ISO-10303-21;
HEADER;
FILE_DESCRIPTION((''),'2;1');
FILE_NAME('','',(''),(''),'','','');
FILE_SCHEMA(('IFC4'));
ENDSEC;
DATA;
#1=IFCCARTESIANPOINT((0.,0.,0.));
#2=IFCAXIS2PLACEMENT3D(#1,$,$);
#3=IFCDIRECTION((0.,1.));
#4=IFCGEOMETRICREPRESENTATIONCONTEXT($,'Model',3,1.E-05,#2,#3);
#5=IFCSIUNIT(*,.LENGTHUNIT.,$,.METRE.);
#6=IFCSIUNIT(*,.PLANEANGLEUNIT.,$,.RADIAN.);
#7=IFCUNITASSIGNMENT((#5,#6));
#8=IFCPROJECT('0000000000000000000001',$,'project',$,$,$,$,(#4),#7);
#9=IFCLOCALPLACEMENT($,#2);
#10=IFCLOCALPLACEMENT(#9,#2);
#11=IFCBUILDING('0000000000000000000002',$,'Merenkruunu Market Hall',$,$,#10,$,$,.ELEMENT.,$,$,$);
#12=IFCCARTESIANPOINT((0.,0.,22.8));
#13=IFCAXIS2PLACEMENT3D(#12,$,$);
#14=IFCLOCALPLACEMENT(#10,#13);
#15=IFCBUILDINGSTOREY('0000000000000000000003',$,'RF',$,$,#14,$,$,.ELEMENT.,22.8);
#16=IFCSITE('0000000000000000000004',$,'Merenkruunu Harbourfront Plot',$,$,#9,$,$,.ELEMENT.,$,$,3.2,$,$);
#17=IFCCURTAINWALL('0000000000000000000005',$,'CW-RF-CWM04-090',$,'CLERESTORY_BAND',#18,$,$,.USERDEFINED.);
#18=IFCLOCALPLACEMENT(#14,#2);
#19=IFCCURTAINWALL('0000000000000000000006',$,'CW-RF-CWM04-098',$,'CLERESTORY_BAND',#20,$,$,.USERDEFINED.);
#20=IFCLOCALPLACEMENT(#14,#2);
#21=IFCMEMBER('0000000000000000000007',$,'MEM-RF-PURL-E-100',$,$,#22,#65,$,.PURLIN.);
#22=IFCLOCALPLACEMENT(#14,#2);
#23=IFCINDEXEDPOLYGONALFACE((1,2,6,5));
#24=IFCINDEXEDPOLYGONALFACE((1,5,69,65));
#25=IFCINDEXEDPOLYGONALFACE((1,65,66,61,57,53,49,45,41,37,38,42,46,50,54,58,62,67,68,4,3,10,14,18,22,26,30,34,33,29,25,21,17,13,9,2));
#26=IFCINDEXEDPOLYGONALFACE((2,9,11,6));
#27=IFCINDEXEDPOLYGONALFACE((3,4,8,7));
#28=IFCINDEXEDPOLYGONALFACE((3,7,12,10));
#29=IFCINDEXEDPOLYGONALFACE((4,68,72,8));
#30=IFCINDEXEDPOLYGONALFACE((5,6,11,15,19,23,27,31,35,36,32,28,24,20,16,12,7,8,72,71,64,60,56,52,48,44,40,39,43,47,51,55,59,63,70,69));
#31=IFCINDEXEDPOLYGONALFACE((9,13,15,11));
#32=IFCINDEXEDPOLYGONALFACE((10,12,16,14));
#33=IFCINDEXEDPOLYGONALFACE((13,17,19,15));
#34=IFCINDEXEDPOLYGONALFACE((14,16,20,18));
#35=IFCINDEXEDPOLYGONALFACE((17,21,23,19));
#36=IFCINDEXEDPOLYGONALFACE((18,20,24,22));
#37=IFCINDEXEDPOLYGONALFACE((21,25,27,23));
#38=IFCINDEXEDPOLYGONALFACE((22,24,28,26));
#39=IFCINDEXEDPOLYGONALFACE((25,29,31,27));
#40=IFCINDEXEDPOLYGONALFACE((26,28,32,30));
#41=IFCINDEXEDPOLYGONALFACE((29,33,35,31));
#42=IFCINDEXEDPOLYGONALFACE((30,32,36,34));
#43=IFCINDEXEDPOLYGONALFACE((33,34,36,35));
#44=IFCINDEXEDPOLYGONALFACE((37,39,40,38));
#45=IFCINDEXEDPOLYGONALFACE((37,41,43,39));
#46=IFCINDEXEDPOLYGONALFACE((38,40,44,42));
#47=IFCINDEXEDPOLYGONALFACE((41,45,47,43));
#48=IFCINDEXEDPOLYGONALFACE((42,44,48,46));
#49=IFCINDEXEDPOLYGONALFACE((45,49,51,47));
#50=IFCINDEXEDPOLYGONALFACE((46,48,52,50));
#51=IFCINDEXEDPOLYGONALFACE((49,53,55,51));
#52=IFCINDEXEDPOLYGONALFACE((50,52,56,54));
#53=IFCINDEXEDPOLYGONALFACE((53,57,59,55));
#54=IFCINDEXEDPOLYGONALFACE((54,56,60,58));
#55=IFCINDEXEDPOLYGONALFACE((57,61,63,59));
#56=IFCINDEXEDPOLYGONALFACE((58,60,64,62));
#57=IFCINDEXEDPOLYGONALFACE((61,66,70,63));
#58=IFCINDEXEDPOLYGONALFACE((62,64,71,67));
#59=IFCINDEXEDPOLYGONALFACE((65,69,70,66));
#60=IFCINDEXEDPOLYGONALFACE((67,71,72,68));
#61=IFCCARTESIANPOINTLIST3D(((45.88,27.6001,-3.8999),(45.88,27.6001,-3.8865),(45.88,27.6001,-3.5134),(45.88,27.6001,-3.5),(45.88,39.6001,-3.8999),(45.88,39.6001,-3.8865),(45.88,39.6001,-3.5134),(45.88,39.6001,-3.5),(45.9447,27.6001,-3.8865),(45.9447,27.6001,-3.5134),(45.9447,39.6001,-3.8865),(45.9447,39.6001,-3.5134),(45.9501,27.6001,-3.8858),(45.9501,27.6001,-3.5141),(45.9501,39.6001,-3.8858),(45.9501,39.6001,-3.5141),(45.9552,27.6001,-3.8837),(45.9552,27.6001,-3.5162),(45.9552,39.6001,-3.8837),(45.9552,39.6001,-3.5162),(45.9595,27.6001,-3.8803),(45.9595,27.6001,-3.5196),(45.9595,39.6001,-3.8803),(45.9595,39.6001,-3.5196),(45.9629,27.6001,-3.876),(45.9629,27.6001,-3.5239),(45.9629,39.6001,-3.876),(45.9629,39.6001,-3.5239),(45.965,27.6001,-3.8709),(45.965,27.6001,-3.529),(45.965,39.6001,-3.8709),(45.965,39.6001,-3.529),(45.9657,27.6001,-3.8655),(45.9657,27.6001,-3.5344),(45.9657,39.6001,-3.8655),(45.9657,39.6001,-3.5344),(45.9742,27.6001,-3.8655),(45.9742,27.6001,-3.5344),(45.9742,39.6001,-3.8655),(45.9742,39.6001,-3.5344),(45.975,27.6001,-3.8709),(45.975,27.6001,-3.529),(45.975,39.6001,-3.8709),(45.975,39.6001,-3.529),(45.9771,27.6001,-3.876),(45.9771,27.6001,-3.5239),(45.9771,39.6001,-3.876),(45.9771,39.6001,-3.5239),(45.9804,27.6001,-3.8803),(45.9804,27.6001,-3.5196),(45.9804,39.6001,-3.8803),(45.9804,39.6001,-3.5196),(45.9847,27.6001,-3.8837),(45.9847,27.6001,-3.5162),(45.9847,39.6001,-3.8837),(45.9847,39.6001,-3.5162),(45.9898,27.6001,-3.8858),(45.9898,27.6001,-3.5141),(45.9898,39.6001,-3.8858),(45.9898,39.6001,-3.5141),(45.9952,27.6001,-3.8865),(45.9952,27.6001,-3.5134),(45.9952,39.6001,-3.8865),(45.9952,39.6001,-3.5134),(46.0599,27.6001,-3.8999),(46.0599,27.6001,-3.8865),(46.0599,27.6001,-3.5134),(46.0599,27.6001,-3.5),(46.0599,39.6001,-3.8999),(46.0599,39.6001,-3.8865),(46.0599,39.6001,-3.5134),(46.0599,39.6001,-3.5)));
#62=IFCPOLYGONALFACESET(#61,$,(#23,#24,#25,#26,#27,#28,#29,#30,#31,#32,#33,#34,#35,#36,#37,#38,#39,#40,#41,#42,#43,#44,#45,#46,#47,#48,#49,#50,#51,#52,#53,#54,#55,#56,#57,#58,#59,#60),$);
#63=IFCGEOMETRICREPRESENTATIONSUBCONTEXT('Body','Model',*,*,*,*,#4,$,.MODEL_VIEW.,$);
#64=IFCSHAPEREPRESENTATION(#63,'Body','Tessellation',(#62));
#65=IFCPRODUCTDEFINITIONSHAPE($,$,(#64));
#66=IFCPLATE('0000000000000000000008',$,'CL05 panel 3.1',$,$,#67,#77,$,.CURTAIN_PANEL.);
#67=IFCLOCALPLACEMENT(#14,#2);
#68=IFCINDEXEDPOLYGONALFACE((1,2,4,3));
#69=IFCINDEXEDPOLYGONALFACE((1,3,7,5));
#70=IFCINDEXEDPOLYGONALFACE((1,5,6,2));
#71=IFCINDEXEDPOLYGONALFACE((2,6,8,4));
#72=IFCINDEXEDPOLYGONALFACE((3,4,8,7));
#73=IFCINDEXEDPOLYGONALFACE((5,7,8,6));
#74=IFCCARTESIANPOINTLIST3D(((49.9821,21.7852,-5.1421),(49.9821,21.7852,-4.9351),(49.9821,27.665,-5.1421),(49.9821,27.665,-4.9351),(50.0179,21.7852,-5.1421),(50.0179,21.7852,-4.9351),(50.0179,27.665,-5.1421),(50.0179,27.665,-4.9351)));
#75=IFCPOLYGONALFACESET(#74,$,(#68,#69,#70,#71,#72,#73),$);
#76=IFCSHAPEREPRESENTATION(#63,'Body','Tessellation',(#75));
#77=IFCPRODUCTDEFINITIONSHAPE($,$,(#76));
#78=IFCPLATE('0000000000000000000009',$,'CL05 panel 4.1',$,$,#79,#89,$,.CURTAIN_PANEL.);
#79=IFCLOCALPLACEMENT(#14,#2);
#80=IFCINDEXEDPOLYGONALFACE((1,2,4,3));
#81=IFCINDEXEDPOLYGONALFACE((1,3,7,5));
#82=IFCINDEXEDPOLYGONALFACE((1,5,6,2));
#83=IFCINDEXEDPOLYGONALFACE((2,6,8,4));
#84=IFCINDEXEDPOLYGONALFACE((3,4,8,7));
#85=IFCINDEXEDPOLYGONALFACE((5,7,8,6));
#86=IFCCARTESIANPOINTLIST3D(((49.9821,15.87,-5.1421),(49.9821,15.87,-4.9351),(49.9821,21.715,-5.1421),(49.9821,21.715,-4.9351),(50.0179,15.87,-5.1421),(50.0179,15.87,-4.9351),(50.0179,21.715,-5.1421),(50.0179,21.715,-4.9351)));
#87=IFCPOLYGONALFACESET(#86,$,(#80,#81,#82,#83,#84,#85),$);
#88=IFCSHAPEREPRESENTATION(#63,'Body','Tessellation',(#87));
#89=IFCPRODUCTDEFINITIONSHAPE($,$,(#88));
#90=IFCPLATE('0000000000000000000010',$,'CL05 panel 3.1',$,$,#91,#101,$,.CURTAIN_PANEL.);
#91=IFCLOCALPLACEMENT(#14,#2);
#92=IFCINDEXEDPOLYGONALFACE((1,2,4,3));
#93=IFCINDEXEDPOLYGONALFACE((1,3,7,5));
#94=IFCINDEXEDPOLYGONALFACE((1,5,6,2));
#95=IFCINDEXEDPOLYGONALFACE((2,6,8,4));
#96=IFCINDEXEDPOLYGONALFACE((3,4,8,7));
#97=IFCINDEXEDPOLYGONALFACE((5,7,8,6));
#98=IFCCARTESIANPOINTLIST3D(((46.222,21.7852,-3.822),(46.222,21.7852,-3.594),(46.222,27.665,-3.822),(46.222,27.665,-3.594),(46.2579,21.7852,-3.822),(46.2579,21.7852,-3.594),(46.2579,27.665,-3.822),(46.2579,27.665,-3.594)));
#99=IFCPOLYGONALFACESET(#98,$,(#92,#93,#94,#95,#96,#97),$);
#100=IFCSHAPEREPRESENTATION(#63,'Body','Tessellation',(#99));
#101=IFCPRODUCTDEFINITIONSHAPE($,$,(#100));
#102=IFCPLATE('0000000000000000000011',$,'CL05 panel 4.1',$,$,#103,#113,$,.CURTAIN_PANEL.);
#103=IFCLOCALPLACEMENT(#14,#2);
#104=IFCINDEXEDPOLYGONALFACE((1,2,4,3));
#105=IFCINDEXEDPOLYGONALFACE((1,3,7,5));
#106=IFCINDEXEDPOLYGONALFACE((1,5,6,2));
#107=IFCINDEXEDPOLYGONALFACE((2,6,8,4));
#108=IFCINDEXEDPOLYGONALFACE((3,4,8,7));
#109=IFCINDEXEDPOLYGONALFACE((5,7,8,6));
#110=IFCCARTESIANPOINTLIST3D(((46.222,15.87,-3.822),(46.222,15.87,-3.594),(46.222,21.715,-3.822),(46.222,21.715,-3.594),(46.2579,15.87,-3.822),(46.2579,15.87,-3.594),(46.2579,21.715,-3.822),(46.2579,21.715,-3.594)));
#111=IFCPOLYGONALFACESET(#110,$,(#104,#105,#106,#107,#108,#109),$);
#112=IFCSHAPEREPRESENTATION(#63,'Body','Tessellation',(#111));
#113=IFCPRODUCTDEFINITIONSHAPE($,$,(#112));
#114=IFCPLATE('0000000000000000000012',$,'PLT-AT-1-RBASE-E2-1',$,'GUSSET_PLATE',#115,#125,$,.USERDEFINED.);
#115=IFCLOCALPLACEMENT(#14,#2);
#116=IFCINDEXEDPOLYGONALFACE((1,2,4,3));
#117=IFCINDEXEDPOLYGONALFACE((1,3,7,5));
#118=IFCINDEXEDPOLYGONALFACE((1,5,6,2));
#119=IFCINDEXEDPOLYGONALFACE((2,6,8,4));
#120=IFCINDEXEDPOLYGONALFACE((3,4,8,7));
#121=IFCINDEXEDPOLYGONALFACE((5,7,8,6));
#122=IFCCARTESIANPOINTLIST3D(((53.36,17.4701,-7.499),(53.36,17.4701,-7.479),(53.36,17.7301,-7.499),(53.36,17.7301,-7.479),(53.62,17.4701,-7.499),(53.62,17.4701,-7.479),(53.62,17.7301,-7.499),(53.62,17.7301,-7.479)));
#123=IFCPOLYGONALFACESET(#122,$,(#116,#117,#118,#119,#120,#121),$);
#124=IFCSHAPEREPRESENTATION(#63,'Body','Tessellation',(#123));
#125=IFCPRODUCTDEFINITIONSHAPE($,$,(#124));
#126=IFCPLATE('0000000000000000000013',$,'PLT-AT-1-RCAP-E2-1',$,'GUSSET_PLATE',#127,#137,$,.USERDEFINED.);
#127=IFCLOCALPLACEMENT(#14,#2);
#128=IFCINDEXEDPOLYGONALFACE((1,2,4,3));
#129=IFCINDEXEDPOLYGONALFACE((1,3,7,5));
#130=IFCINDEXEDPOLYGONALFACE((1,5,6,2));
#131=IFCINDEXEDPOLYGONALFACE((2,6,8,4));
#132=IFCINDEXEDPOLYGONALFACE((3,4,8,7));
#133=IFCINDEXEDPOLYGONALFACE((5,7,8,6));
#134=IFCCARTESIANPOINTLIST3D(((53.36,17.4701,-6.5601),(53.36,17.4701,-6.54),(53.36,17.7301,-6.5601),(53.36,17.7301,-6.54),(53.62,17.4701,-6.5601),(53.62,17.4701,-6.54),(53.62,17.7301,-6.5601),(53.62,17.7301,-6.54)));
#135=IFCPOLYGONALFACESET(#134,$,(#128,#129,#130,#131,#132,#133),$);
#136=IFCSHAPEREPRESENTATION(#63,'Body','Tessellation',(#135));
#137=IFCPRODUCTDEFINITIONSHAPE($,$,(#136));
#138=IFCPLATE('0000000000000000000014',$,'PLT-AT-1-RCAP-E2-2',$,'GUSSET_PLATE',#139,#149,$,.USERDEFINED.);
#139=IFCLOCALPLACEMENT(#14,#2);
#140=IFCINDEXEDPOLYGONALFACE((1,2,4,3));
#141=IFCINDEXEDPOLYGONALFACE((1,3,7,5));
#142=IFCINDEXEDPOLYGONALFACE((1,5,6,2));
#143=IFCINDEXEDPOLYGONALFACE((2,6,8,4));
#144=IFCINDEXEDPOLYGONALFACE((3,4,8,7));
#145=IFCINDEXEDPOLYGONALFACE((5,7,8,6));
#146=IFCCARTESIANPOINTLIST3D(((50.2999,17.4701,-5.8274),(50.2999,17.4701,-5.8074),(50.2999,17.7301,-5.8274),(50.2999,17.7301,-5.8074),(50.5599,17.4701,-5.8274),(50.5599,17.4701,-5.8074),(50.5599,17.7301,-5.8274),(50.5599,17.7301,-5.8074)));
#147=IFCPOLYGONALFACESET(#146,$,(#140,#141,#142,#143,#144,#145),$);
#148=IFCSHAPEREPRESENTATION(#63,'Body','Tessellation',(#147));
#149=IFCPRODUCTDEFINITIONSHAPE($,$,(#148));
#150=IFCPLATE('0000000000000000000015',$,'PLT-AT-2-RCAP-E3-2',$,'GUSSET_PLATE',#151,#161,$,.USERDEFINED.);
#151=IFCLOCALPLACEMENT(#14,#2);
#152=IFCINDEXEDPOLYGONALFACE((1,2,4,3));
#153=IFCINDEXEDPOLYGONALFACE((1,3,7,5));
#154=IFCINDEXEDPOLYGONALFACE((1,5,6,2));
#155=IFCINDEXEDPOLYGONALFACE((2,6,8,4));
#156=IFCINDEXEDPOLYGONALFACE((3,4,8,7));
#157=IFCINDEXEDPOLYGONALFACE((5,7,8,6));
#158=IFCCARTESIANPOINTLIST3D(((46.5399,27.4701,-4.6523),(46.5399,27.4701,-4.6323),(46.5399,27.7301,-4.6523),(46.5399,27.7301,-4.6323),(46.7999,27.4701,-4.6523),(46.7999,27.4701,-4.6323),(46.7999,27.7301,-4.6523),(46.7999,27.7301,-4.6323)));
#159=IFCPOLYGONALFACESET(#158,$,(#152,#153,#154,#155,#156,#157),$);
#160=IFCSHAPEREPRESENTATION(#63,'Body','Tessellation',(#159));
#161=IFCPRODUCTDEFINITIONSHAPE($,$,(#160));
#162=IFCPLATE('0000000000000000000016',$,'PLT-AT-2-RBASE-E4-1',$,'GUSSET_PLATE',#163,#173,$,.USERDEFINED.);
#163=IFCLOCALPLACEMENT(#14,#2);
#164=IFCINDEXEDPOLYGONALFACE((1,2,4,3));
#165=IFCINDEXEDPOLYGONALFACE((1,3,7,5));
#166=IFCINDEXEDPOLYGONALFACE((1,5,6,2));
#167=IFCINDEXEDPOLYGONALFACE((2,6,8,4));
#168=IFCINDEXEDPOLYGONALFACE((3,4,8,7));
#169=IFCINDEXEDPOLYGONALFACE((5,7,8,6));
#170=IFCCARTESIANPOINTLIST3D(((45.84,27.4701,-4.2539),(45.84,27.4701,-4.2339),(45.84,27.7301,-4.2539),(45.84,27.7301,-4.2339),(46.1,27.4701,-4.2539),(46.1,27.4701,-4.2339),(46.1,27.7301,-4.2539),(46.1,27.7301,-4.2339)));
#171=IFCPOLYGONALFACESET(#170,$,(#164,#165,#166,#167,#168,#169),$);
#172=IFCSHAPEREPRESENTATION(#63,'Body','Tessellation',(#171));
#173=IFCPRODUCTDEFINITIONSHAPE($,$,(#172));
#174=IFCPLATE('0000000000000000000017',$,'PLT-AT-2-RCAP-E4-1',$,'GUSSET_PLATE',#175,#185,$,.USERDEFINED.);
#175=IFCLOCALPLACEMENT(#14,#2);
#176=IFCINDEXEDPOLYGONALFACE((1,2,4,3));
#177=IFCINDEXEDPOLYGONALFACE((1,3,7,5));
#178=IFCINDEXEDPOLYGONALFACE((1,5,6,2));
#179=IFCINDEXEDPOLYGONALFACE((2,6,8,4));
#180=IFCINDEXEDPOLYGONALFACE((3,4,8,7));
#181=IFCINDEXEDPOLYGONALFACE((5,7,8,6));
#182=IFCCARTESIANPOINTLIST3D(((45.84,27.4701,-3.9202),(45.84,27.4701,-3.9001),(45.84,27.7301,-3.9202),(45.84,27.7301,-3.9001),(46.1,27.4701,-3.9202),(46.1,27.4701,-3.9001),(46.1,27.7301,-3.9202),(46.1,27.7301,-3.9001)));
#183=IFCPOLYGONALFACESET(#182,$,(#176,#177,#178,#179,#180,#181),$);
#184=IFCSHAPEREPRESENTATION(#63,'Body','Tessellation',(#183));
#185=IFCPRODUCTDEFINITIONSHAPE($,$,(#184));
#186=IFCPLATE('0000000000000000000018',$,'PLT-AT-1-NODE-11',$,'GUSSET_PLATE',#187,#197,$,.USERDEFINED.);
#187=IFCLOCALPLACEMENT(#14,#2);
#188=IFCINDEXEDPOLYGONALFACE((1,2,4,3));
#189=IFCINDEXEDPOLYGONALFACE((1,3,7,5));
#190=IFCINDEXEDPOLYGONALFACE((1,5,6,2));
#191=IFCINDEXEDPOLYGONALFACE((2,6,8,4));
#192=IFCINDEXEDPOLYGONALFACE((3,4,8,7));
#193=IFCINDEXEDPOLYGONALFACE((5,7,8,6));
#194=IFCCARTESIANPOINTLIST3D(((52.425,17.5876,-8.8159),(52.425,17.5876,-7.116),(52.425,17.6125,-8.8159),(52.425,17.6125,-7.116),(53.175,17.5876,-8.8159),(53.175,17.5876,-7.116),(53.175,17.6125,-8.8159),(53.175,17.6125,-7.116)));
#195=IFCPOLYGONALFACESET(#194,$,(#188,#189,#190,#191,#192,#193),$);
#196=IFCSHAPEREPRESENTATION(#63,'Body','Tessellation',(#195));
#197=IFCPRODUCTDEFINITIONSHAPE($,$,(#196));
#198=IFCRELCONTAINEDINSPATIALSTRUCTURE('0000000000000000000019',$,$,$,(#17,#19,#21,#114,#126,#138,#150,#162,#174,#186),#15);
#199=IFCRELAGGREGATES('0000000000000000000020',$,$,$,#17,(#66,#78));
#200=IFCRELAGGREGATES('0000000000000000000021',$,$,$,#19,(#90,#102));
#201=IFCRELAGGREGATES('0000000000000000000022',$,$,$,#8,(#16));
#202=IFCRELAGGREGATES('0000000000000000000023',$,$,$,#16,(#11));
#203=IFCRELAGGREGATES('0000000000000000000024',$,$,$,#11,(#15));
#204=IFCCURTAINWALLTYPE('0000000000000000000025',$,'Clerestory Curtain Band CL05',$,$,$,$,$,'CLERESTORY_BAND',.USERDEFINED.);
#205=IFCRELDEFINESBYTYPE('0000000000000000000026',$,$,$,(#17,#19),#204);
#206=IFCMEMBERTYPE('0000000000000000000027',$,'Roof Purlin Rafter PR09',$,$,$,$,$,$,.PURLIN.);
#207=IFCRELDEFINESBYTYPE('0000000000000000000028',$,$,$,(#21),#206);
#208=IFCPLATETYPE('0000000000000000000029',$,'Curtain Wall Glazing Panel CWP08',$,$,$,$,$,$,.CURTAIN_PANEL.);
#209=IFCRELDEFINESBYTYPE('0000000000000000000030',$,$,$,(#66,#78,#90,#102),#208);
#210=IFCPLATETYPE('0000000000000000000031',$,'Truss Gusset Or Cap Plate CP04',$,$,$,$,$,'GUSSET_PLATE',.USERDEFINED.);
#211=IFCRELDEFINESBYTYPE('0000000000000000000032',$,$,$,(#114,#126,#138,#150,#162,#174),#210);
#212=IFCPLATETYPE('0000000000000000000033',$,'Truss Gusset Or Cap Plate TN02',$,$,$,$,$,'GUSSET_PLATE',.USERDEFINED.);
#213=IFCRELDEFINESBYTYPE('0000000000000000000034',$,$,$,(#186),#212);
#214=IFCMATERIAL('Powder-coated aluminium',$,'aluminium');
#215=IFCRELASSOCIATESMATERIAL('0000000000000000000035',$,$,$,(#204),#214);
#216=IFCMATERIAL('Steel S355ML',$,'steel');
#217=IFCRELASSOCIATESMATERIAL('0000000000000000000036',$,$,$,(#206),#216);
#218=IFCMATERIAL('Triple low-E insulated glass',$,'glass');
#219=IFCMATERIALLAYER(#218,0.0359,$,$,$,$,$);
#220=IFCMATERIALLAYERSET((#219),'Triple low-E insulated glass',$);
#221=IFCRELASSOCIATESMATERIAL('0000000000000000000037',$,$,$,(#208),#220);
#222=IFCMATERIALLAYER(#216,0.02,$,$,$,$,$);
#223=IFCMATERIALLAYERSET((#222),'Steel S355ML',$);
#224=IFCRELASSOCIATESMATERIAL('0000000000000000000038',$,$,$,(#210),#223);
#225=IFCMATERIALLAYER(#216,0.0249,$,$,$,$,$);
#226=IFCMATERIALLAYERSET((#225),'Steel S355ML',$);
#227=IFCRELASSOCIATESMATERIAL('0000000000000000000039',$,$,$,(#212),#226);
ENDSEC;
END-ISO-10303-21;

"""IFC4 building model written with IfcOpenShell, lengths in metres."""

from ifc_helpers import new_model, si_unit, direction, frame, origin, origin_2d, place, context, subcontext, project, spatial, rectangle, i_section, extrude, material, layer, layer_set, material_profile, profile_set, type_object, element, aggregate, save


model = new_model("IFC4")

# Units and contexts
model_context = context("Model", 3, precision=1e-05, world=origin(), true_north=direction((0.0, 1.0)))
body_context = subcontext(model_context, "Body", "Model", "MODEL_VIEW")
ifc_project = project(units=[si_unit("LENGTHUNIT", "METRE"), si_unit("PLANEANGLEUNIT", "RADIAN")], contexts=[model_context])

# Site, building, storey
site_placement = place(None, origin())
site = spatial("IfcSite", under=ifc_project, at=site_placement, Name="Merenkruunu Harbourfront Plot", CompositionType="ELEMENT", RefElevation=3.2)
building_placement = place(site_placement, origin())
building = spatial("IfcBuilding", under=site, at=building_placement, Name="Merenkruunu Market Hall", CompositionType="ELEMENT")
storey_placement = place(building_placement, frame((0.0, 0.0, 22.8)))
storey = spatial("IfcBuildingStorey", under=building, at=storey_placement, Name="RF", CompositionType="ELEMENT", Elevation=22.8)

# Shared definitions
ifc_material_1 = material(Name="Steel S355ML", Category="steel")

# Curtain walls
ifc_material_2 = material(Name="Powder-coated aluminium", Category="aluminium")
curtain_wall_type = type_object("IfcCurtainWallType", Name="Clerestory Curtain Band CL05", ElementType="CLERESTORY_BAND", PredefinedType="USERDEFINED", material=ifc_material_2)
curtain_wall_1_placement = place(storey_placement, origin())
curtain_wall_1 = element("IfcCurtainWall", 1, at=curtain_wall_1_placement, inside=storey, type_object=curtain_wall_type, Name="CW-RF-CWM04-090", ObjectType="CLERESTORY_BAND", PredefinedType="USERDEFINED")
curtain_wall_2_placement = place(storey_placement, origin())
curtain_wall_2 = element("IfcCurtainWall", 2, at=curtain_wall_2_placement, inside=storey, type_object=curtain_wall_type, Name="CW-RF-CWM04-098", ObjectType="CLERESTORY_BAND", PredefinedType="USERDEFINED")

# Member
ifc_material_profile_1 = material_profile(ifc_material_1, i_section(OverallWidth=0.1799, OverallDepth=0.3999, WebThickness=0.0085, FlangeThickness=0.0134, FilletRadius=0.021, at=origin_2d()), Name="IPE 400")
ifc_profile_set_1 = profile_set([ifc_material_profile_1], Name="Steel S355ML")
member_type_1 = type_object("IfcMemberType", Name="Roof Purlin Rafter PR09", PredefinedType="PURLIN", material=ifc_profile_set_1)
member_1_placement = place(storey_placement, frame((45.97, 27.6001, -3.7), z_axis=(0.0, 1.0, 0.0), x_axis=(-1.0, 0.0, 0.0)))
element("IfcMember", 3, at=member_1_placement, inside=storey, type_object=member_type_1, Name="MEM-RF-PURL-E-100", PredefinedType="PURLIN", context=body_context, shape_type="SweptSolid", body=[
    extrude(i_section(OverallWidth=0.1799, OverallDepth=0.3999, WebThickness=0.0085, FlangeThickness=0.0134, FilletRadius=0.021, at=origin_2d()), origin(), (0.0, 0.0, 1.0), 12.0),
])

# Plates
ifc_material_3 = material(Name="Triple low-E insulated glass", Category="glass")
ifc_layer_1 = layer(ifc_material_3, 0.0359)
ifc_layer_set_1 = layer_set([ifc_layer_1], Name="Triple low-E insulated glass")
plate_type_1 = type_object("IfcPlateType", Name="Curtain Wall Glazing Panel CWP08", PredefinedType="CURTAIN_PANEL", material=ifc_layer_set_1)
plate_1_placement = place(storey_placement, frame((50.0, 24.7251, -5.1421), z_axis=(0.0, 0.0, 1.0), x_axis=(0.0, -1.0, 0.0)))
plate_1 = element("IfcPlate", 4, at=plate_1_placement, type_object=plate_type_1, Name="CL05 panel 3.1", PredefinedType="CURTAIN_PANEL", context=body_context, shape_type="SweptSolid", body=[
    extrude(rectangle(XDim=5.8799, YDim=0.0359, at=origin_2d()), origin(), (0.0, 0.0, 1.0), 0.207),
])
plate_2_placement = place(storey_placement, frame((50.0, 18.7925, -5.1421), z_axis=(0.0, 0.0, 1.0), x_axis=(0.0, -1.0, 0.0)))
plate_2 = element("IfcPlate", 5, at=plate_2_placement, type_object=plate_type_1, Name="CL05 panel 4.1", PredefinedType="CURTAIN_PANEL", context=body_context, shape_type="SweptSolid", body=[
    extrude(rectangle(XDim=5.845, YDim=0.0359, at=origin_2d()), origin(), (0.0, 0.0, 1.0), 0.207),
])
aggregate(curtain_wall_1, [plate_1, plate_2])
plate_3_placement = place(storey_placement, frame((46.24, 24.7251, -3.822), z_axis=(0.0, 0.0, 1.0), x_axis=(0.0, -1.0, 0.0)))
plate_3 = element("IfcPlate", 6, at=plate_3_placement, type_object=plate_type_1, Name="CL05 panel 3.1", PredefinedType="CURTAIN_PANEL", context=body_context, shape_type="SweptSolid", body=[
    extrude(rectangle(XDim=5.8799, YDim=0.0359, at=origin_2d()), origin(), (0.0, 0.0, 1.0), 0.228),
])
plate_4_placement = place(storey_placement, frame((46.24, 18.7925, -3.822), z_axis=(0.0, 0.0, 1.0), x_axis=(0.0, -1.0, 0.0)))
plate_4 = element("IfcPlate", 7, at=plate_4_placement, type_object=plate_type_1, Name="CL05 panel 4.1", PredefinedType="CURTAIN_PANEL", context=body_context, shape_type="SweptSolid", body=[
    extrude(rectangle(XDim=5.845, YDim=0.0359, at=origin_2d()), origin(), (0.0, 0.0, 1.0), 0.228),
])
aggregate(curtain_wall_2, [plate_3, plate_4])

# Plates
ifc_layer_2 = layer(ifc_material_1, 0.02)
ifc_layer_set_2 = layer_set([ifc_layer_2], Name="Steel S355ML")
plate_type_2 = type_object("IfcPlateType", Name="Truss Gusset Or Cap Plate CP04", ElementType="GUSSET_PLATE", PredefinedType="USERDEFINED", material=ifc_layer_set_2)
for number, where, z_axis, x_axis, name in (
    (8, (53.49, 17.6001, -7.499), (0.0, 0.0, 1.0), (1.0, 0.0, 0.0), "PLT-AT-1-RBASE-E2-1"),
    (9, (53.49, 17.6001, -6.5601), (0.0, 0.0, 1.0), (1.0, 0.0, 0.0), "PLT-AT-1-RCAP-E2-1"),
    (10, (50.4299, 17.6001, -5.8274), (0.0, 0.0, 1.0), (1.0, 0.0, 0.0), "PLT-AT-1-RCAP-E2-2"),
    (11, (46.6699, 27.6001, -4.6523), (0.0, 0.0, 1.0), (1.0, 0.0, 0.0), "PLT-AT-2-RCAP-E3-2"),
    (12, (45.97, 27.6001, -4.2539), (0.0, 0.0, 1.0), (1.0, 0.0, 0.0), "PLT-AT-2-RBASE-E4-1"),
    (13, (45.97, 27.6001, -3.9202), (0.0, 0.0, 1.0), (1.0, 0.0, 0.0), "PLT-AT-2-RCAP-E4-1"),
):
    element("IfcPlate", number, at=place(storey_placement, frame(where, z_axis=z_axis, x_axis=x_axis)), inside=storey, type_object=plate_type_2, Name=name, ObjectType="GUSSET_PLATE", PredefinedType="USERDEFINED", context=body_context, shape_type="SweptSolid", body=[
        extrude(rectangle(XDim=0.26, YDim=0.26, at=origin_2d()), origin(), (0.0, 0.0, 1.0), 0.02),
    ])
ifc_layer_3 = layer(ifc_material_1, 0.0249)
ifc_layer_set_3 = layer_set([ifc_layer_3], Name="Steel S355ML")
plate_type_3 = type_object("IfcPlateType", Name="Truss Gusset Or Cap Plate TN02", ElementType="GUSSET_PLATE", PredefinedType="USERDEFINED", material=ifc_layer_set_3)
plate_5_placement = place(storey_placement, frame((52.8, 17.6001, -8.8159), z_axis=(0.0, 0.0, 1.0), x_axis=(1.0, 0.0, 0.0)))
element("IfcPlate", 14, at=plate_5_placement, inside=storey, type_object=plate_type_3, Name="PLT-AT-1-NODE-11", ObjectType="GUSSET_PLATE", PredefinedType="USERDEFINED", context=body_context, shape_type="SweptSolid", body=[
    extrude(rectangle(XDim=0.75, YDim=0.0249, at=origin_2d()), origin(), (0.0, 0.0, 1.0), 1.7),
])

save(model, "model.ifc")
